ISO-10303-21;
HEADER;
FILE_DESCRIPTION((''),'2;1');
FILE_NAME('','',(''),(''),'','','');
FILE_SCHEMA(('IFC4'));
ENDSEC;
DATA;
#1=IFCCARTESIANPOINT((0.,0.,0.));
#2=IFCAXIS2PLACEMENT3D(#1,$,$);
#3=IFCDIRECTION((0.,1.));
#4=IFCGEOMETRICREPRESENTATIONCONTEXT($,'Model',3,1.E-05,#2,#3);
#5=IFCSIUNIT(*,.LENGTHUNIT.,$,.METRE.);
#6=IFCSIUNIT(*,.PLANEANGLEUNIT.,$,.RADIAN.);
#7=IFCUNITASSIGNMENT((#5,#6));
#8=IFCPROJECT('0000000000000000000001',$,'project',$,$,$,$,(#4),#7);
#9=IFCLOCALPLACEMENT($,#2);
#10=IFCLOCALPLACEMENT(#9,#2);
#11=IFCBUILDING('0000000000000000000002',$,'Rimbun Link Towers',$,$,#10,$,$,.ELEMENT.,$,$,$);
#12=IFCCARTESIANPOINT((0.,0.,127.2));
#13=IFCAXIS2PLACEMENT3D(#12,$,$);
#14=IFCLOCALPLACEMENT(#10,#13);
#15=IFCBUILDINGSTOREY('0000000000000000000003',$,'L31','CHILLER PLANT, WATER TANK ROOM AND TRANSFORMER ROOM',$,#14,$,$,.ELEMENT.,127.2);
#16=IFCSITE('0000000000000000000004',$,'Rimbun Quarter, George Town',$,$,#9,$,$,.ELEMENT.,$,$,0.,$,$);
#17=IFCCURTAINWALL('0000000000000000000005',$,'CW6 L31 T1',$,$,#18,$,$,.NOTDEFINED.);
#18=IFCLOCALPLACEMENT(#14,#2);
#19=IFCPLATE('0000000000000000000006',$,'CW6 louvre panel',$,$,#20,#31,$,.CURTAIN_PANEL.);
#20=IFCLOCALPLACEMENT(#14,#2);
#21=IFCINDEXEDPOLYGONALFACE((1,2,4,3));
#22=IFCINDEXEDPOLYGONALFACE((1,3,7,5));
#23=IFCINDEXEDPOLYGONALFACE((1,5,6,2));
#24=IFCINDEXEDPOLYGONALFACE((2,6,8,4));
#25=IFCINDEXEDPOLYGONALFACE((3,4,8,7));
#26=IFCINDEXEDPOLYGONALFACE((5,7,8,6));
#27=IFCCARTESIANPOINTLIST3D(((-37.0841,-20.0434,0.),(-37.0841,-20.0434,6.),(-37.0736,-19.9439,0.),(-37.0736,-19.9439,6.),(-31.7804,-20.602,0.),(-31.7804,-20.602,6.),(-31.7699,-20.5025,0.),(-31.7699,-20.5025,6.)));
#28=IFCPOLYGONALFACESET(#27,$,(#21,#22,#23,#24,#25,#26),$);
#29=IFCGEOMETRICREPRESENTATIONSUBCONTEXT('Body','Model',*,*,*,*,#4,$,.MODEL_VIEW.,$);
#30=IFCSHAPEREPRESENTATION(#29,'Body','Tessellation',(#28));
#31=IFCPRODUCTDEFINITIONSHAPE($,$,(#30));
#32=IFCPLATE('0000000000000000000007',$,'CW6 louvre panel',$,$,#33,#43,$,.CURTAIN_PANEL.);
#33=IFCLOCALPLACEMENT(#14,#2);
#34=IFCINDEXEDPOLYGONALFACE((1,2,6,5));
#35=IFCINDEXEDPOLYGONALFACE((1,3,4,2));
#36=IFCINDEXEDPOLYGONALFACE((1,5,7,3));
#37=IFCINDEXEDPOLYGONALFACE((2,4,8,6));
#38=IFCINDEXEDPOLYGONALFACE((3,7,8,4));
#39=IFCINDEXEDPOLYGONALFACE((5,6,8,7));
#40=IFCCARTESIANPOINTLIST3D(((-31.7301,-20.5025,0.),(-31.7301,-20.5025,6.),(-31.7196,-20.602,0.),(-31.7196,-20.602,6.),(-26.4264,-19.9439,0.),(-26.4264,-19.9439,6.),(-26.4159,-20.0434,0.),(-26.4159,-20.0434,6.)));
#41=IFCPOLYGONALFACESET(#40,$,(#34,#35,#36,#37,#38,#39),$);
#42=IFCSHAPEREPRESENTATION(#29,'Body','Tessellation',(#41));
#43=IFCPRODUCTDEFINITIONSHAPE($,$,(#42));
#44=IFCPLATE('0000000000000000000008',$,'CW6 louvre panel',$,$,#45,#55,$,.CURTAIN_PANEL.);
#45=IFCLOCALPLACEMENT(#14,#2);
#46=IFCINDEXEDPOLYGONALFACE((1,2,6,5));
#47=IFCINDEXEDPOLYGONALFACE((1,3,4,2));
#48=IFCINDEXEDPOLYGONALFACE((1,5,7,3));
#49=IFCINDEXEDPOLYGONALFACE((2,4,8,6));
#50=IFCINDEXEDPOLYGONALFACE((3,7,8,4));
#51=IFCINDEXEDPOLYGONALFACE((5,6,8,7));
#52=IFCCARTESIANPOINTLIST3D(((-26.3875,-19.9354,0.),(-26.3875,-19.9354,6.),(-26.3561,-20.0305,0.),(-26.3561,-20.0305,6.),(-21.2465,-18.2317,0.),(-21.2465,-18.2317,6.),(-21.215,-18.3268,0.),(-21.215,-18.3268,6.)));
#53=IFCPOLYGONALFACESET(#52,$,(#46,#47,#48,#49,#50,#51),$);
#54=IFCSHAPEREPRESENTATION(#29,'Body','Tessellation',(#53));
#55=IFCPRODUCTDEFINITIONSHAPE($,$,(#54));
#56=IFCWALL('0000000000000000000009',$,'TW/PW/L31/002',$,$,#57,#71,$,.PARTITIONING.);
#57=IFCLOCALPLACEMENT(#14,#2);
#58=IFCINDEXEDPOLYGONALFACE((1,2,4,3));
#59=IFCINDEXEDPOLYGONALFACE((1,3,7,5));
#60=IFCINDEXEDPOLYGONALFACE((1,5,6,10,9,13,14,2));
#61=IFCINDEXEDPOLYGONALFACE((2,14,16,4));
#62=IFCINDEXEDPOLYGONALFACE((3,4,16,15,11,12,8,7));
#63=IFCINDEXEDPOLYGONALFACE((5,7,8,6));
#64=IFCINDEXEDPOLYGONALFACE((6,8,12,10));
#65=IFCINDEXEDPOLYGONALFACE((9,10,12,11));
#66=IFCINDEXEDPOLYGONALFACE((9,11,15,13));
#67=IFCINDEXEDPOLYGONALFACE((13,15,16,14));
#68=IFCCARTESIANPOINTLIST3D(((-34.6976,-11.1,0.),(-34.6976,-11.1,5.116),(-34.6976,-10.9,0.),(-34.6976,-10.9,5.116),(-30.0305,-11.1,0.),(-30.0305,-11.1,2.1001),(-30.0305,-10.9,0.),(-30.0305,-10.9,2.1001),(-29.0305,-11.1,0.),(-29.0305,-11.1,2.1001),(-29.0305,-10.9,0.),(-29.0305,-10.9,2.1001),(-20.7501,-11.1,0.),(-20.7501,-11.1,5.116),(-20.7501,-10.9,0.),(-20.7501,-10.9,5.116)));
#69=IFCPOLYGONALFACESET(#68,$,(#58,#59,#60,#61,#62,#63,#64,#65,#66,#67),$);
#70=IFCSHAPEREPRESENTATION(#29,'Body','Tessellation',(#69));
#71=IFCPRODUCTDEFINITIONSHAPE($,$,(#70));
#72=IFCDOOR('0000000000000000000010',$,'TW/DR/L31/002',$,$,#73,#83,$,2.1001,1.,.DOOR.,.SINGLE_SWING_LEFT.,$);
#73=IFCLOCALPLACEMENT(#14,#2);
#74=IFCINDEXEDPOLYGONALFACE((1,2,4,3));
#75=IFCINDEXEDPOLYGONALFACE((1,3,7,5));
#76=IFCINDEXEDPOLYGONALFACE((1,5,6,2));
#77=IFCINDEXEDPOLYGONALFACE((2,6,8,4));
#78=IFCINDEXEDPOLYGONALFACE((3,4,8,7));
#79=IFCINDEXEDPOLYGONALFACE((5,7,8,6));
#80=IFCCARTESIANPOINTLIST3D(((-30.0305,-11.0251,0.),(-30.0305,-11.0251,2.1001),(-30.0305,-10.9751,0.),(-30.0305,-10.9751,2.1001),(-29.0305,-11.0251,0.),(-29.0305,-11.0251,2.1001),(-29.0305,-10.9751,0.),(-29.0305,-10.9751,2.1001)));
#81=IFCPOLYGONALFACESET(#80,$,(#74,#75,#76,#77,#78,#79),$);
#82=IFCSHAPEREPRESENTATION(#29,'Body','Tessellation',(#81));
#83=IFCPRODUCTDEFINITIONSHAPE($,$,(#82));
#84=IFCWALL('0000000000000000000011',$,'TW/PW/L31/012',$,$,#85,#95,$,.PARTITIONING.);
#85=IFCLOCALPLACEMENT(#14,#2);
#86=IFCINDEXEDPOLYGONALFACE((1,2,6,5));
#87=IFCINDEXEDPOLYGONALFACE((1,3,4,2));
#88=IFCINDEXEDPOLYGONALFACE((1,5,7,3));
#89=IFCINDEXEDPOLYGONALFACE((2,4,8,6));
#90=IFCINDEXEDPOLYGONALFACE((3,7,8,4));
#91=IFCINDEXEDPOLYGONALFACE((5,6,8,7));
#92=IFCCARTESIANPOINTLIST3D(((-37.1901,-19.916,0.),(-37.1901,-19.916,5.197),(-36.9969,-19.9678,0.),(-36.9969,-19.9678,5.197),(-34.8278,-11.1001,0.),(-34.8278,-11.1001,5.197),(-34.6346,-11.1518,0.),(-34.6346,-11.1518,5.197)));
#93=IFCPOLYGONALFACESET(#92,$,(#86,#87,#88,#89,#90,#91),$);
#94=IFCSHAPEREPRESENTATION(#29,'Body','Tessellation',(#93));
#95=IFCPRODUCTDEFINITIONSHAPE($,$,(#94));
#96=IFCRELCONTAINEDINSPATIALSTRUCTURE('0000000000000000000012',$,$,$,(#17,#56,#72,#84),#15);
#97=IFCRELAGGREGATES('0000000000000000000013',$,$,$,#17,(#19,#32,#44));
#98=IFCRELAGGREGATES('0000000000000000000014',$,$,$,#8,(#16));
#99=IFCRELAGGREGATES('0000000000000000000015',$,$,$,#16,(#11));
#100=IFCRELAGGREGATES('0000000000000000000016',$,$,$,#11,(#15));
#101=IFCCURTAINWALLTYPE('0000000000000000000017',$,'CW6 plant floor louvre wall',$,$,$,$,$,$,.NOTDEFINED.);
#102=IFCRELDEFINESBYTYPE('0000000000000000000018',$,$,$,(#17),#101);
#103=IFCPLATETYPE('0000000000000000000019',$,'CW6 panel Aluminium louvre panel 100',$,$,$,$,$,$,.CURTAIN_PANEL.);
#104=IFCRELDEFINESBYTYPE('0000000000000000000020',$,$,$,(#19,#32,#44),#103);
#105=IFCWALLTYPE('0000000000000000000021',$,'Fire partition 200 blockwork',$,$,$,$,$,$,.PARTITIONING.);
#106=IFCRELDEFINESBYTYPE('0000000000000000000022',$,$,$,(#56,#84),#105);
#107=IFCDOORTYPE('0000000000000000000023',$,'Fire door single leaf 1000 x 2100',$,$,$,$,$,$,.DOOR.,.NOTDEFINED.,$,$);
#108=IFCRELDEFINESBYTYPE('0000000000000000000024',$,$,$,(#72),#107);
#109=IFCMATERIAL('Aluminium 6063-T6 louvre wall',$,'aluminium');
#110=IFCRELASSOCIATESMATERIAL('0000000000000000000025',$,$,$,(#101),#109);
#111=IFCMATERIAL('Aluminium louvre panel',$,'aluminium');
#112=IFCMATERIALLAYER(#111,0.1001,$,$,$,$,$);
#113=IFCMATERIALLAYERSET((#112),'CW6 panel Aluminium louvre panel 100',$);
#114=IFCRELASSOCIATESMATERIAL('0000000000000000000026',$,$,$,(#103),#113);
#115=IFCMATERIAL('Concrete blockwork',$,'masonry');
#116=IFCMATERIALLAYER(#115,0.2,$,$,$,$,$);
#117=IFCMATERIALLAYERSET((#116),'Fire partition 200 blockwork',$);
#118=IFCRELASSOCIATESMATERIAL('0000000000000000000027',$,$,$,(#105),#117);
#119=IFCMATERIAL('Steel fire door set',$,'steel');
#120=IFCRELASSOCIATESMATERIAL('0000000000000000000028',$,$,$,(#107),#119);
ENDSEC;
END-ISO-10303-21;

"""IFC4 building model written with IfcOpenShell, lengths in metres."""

from ifc_helpers import new_model, si_unit, direction, frame, frame_2d, origin, origin_2d, place, context, subcontext, project, spatial, rectangle, extrude, material, layer, layer_set, type_object, element, fill, aggregate, save


model = new_model("IFC4")

# Units and contexts
model_context = context("Model", 3, precision=1e-05, world=origin(), true_north=direction((0.0, 1.0)))
body_context = subcontext(model_context, "Body", "Model", "MODEL_VIEW")
ifc_project = project(units=[si_unit("LENGTHUNIT", "METRE"), si_unit("PLANEANGLEUNIT", "RADIAN")], contexts=[model_context])

# Site, building, storey
site_placement = place(None, origin())
site = spatial("IfcSite", under=ifc_project, at=site_placement, Name="Rimbun Quarter, George Town", CompositionType="ELEMENT", RefElevation=0.0)
building_placement = place(site_placement, origin())
building = spatial("IfcBuilding", under=site, at=building_placement, Name="Rimbun Link Towers", CompositionType="ELEMENT")
storey_placement = place(building_placement, frame((0.0, 0.0, 127.2)))
storey = spatial("IfcBuildingStorey", under=building, at=storey_placement, Name="L31", Description="CHILLER PLANT, WATER TANK ROOM AND TRANSFORMER ROOM", CompositionType="ELEMENT", Elevation=127.2)

# Curtain wall
ifc_material_1 = material(Name="Aluminium 6063-T6 louvre wall", Category="aluminium")
curtain_wall_type = type_object("IfcCurtainWallType", Name="CW6 plant floor louvre wall", PredefinedType="NOTDEFINED", material=ifc_material_1)
curtain_wall_placement = place(storey_placement, origin())
curtain_wall = element("IfcCurtainWall", 1, at=curtain_wall_placement, inside=storey, type_object=curtain_wall_type, Name="CW6 L31 T1", PredefinedType="NOTDEFINED")

# Plates
ifc_material_2 = material(Name="Aluminium louvre panel", Category="aluminium")
ifc_layer_1 = layer(ifc_material_2, 0.1001)
ifc_layer_set_1 = layer_set([ifc_layer_1], Name="CW6 panel Aluminium louvre panel 100")
plate_type = type_object("IfcPlateType", Name="CW6 panel Aluminium louvre panel 100", PredefinedType="CURTAIN_PANEL", material=ifc_layer_set_1)
plate_1_placement = place(storey_placement, frame((-34.427, -20.2729, 0.0), z_axis=(0.0, 0.0, 1.0), x_axis=(-0.994499, 0.104747, 0.0)))
plate_1 = element("IfcPlate", 2, at=plate_1_placement, type_object=plate_type, Name="CW6 louvre panel", PredefinedType="CURTAIN_PANEL", context=body_context, shape_type="SweptSolid", body=[
    extrude(rectangle(XDim=5.333, YDim=0.1001, at=origin_2d()), origin(), (0.0, 0.0, 1.0), 6.0),
])
plate_2_placement = place(storey_placement, frame((-29.073, -20.2729, 0.0), z_axis=(0.0, 0.0, 1.0), x_axis=(-0.994499, -0.104747, 0.0)))
plate_2 = element("IfcPlate", 3, at=plate_2_placement, type_object=plate_type, Name="CW6 louvre panel", PredefinedType="CURTAIN_PANEL", context=body_context, shape_type="SweptSolid", body=[
    extrude(rectangle(XDim=5.333, YDim=0.1001, at=origin_2d()), origin(), (0.0, 0.0, 1.0), 6.0),
])
plate_3_placement = place(storey_placement, frame((-23.8013, -19.1311, 0.0), z_axis=(0.0, 0.0, 1.0), x_axis=(-0.949235, -0.314567, 0.0)))
plate_3 = element("IfcPlate", 4, at=plate_3_placement, type_object=plate_type, Name="CW6 louvre panel", PredefinedType="CURTAIN_PANEL", context=body_context, shape_type="SweptSolid", body=[
    extrude(rectangle(XDim=5.416, YDim=0.1001, at=origin_2d()), origin(), (0.0, 0.0, 1.0), 6.0),
])
aggregate(curtain_wall, [plate_1, plate_2, plate_3])

# Wall, opening, door
ifc_material_3 = material(Name="Concrete blockwork", Category="masonry")
ifc_layer_2 = layer(ifc_material_3, 0.2)
ifc_layer_set_2 = layer_set([ifc_layer_2], Name="Fire partition 200 blockwork")
wall_type = type_object("IfcWallType", Name="Fire partition 200 blockwork", PredefinedType="PARTITIONING", material=ifc_layer_set_2)
wall_1_placement = place(storey_placement, frame((-34.6975, -11.0, 0.0), z_axis=(0.0, 0.0, 1.0), x_axis=(1.0, 0.0, 0.0)))
wall_1 = element("IfcWall", 5, at=wall_1_placement, inside=storey, type_object=wall_type, Name="TW/PW/L31/002", PredefinedType="PARTITIONING", context=body_context, shape_type="SweptSolid", body=[
    extrude(rectangle(XDim=13.9475, YDim=0.2, at=frame_2d((6.9736, 0.0))), origin(), (0.0, 0.0, 1.0), 5.116),
])
opening_placement = place(wall_1_placement, frame((4.667, 0.0, 0.0)))
opening = element("IfcOpeningElement", 6, at=opening_placement, cuts=wall_1, PredefinedType="OPENING", context=body_context, shape_type="SweptSolid", body=[
    extrude(rectangle(XDim=1.0, YDim=2.1001, at=frame_2d((0.5, 1.05))), frame((0.0, 0.1099, 0.0), z_axis=(0.0, -1.0, 0.0), x_axis=(1.0, 0.0, 0.0)), (0.0, 0.0, 1.0), 0.22),
])
ifc_material_4 = material(Name="Steel fire door set", Category="steel")
door_type = type_object("IfcDoorType", Name="Fire door single leaf 1000 x 2100", OperationType="NOTDEFINED", PredefinedType="DOOR", material=ifc_material_4)
door_placement = place(opening_placement, origin())
door = element("IfcDoor", 7, at=door_placement, inside=storey, type_object=door_type, Name="TW/DR/L31/002", OperationType="SINGLE_SWING_LEFT", OverallHeight=2.1001, OverallWidth=1.0, PredefinedType="DOOR", context=body_context, shape_type="SweptSolid", body=[
    extrude(rectangle(XDim=1.0, YDim=2.1001, at=frame_2d((0.5, 1.05))), frame((0.0, 0.0249, 0.0), z_axis=(0.0, -1.0, 0.0), x_axis=(1.0, 0.0, 0.0)), (0.0, 0.0, 1.0), 0.05),
])
fill(opening, door)

# Wall
wall_2_placement = place(storey_placement, frame((-37.0935, -19.9419, 0.0), z_axis=(0.0, 0.0, 1.0), x_axis=(0.258828, 0.965923, 0.0)))
element("IfcWall", 8, at=wall_2_placement, inside=storey, type_object=wall_type, Name="TW/PW/L31/012", PredefinedType="PARTITIONING", context=body_context, shape_type="SweptSolid", body=[
    extrude(rectangle(XDim=9.127, YDim=0.2, at=frame_2d((4.5635, 0.0))), origin(), (0.0, 0.0, 1.0), 5.197),
])

save(model, "model.ifc")
